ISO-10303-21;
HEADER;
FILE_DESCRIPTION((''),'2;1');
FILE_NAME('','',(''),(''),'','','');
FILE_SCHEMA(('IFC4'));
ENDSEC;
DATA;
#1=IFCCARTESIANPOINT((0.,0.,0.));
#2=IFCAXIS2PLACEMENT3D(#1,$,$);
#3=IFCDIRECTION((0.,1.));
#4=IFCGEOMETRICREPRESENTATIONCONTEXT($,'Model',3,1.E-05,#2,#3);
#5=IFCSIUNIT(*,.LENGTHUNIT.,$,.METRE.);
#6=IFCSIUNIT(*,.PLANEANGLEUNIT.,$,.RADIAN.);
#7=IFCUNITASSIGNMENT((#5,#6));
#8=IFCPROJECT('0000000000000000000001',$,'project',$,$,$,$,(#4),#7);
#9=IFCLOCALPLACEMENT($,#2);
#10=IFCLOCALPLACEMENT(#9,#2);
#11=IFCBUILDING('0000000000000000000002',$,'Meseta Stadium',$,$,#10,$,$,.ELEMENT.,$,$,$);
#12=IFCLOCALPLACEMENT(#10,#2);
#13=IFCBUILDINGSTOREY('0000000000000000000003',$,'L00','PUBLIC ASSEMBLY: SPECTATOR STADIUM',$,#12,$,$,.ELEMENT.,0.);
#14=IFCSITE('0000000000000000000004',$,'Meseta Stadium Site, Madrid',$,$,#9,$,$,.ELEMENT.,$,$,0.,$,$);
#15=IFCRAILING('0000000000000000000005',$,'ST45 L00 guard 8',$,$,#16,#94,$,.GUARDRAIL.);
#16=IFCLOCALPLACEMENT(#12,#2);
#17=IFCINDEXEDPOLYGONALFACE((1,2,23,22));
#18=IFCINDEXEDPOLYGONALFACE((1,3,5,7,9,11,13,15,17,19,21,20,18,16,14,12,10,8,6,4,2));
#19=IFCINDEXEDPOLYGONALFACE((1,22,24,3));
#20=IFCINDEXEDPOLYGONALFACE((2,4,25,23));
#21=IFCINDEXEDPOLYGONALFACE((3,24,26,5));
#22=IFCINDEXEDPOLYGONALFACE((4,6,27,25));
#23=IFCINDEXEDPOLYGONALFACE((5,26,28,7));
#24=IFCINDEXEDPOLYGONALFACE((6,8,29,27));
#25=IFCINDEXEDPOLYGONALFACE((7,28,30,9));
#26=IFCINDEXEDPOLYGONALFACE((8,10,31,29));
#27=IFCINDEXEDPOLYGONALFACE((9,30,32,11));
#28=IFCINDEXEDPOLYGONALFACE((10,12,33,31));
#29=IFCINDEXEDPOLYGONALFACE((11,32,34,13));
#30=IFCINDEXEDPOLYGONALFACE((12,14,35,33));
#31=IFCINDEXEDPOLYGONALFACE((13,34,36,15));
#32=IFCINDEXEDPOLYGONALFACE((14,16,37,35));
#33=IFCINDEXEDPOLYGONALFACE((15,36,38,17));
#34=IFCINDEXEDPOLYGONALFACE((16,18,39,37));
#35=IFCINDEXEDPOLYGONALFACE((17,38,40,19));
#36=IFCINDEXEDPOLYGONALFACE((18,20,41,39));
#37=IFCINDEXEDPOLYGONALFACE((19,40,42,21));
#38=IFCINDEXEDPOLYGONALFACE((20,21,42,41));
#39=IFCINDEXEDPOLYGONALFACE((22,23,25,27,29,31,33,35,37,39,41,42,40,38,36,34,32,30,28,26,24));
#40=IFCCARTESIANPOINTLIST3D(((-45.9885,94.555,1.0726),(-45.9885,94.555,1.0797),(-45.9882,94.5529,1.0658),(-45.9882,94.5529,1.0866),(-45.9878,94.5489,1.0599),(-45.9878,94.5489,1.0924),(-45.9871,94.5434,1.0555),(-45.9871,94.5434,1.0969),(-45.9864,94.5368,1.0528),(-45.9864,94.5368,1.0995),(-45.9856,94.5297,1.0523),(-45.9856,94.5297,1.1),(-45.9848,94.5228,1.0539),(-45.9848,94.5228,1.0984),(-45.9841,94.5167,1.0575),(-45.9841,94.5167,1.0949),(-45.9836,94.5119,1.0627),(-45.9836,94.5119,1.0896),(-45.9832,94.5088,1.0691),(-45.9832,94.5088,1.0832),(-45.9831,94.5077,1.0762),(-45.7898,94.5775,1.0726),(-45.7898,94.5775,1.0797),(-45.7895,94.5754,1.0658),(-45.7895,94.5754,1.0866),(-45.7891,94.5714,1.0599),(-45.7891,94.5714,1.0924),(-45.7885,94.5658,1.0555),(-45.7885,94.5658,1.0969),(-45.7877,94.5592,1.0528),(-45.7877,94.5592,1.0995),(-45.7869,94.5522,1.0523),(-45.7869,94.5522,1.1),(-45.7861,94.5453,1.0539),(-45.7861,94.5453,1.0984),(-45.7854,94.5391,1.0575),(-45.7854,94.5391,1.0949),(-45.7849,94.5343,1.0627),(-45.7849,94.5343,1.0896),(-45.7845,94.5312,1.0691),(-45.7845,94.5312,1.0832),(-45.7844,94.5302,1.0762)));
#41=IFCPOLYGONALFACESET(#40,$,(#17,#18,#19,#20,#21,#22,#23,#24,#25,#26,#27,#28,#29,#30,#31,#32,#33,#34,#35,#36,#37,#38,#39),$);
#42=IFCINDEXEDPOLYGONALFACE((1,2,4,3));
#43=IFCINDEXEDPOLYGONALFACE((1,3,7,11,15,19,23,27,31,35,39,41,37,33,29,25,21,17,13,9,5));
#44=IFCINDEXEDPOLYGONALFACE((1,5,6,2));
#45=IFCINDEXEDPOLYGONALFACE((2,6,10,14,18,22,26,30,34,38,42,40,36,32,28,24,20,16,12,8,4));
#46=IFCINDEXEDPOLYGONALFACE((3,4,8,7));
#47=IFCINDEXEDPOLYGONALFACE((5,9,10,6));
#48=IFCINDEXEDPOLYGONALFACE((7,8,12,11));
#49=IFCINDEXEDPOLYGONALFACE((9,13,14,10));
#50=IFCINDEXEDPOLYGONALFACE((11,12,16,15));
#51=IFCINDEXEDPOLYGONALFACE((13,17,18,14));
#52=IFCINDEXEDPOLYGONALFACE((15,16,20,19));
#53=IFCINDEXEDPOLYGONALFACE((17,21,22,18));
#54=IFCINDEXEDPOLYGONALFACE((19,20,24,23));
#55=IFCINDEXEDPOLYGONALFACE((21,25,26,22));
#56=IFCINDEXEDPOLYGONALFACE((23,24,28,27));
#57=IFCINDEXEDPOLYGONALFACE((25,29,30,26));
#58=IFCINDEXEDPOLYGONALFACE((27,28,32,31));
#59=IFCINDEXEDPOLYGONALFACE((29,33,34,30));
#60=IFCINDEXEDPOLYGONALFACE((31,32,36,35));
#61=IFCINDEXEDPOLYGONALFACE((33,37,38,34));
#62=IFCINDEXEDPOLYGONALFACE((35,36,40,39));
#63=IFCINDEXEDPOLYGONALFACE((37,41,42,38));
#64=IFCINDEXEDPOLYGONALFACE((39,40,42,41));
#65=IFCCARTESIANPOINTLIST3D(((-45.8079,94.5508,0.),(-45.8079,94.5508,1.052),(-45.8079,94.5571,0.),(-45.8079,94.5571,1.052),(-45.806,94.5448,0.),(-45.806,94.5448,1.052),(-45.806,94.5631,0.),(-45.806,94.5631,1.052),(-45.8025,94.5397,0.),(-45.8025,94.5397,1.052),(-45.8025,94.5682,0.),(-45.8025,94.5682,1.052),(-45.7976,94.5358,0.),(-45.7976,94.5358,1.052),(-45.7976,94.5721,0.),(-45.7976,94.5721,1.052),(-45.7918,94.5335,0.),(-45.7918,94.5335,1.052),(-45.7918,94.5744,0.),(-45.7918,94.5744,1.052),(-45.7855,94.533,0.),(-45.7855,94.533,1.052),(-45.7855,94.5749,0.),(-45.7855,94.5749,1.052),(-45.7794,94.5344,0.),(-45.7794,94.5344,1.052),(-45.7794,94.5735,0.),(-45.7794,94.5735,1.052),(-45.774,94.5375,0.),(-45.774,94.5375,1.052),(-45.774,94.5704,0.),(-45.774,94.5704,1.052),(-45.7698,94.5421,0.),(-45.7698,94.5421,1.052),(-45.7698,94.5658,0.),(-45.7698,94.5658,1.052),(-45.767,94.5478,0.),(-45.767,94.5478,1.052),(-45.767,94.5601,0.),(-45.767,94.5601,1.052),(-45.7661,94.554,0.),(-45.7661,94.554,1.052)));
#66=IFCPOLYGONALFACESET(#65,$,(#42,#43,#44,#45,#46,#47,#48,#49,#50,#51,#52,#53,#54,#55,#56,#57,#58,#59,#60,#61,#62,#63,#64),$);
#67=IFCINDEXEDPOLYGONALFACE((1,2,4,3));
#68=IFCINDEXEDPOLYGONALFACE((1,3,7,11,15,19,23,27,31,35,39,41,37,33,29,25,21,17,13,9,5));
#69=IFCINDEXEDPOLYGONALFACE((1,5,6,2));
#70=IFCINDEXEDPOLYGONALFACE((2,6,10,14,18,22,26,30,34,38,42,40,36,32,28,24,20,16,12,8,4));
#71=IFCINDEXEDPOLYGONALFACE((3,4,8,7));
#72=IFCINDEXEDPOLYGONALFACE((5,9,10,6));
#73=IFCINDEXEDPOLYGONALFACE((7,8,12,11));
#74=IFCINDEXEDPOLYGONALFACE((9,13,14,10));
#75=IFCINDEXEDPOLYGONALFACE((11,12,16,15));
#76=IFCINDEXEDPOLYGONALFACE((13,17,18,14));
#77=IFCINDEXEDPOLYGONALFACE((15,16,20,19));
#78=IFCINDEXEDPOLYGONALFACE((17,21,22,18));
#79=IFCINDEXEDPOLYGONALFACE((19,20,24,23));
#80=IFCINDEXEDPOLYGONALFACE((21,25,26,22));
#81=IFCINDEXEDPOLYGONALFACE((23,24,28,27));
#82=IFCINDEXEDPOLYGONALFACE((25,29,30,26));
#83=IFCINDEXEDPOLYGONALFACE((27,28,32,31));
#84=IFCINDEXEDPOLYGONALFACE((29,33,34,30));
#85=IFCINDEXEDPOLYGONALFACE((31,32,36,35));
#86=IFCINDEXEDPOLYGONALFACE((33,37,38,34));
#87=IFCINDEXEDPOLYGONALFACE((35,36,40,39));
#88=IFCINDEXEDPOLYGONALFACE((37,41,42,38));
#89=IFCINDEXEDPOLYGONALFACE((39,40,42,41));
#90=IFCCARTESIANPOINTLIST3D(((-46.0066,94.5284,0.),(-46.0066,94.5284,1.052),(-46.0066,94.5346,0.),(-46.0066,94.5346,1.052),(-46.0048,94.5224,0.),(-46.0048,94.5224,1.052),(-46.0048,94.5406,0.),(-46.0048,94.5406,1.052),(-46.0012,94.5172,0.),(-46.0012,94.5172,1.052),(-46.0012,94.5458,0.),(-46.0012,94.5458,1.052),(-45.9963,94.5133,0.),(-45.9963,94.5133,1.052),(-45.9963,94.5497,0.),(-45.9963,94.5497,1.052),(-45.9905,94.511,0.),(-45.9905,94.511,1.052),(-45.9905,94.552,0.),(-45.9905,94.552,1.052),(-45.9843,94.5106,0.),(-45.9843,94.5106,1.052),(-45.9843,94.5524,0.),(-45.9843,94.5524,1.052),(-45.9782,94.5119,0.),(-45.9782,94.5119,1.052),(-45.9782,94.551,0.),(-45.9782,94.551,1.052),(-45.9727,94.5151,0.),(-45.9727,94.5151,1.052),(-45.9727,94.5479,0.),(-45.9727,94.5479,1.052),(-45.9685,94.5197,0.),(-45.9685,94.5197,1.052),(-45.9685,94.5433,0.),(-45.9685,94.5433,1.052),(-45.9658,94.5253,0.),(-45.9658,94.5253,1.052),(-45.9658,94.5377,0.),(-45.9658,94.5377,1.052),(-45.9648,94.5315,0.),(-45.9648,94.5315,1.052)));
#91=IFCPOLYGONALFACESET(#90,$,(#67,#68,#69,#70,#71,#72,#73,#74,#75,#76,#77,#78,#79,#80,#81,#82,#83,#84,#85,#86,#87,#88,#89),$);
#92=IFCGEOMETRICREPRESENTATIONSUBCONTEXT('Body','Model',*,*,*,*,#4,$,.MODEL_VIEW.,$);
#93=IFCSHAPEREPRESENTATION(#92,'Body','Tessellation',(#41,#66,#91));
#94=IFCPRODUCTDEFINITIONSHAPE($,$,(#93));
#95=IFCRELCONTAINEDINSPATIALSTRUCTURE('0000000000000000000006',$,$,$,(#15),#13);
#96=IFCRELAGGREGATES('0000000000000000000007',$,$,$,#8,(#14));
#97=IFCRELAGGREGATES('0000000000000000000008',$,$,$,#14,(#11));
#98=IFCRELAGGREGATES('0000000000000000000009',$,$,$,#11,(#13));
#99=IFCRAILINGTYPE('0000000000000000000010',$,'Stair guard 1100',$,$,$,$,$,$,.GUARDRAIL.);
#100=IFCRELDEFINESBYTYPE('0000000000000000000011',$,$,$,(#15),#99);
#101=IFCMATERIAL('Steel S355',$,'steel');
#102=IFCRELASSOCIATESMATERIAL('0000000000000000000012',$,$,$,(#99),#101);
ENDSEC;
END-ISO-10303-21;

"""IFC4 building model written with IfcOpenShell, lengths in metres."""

from ifc_helpers import new_model, si_unit, direction, frame, origin, origin_2d, place, context, subcontext, project, spatial, circle, extrude, material, type_object, element, save


model = new_model("IFC4")

# Units and contexts
model_context = context("Model", 3, precision=1e-05, world=origin(), true_north=direction((0.0, 1.0)))
body_context = subcontext(model_context, "Body", "Model", "MODEL_VIEW")
ifc_project = project(units=[si_unit("LENGTHUNIT", "METRE"), si_unit("PLANEANGLEUNIT", "RADIAN")], contexts=[model_context])

# Site, building, storey
site_placement = place(None, origin())
site = spatial("IfcSite", under=ifc_project, at=site_placement, Name="Meseta Stadium Site, Madrid", CompositionType="ELEMENT", RefElevation=0.0)
building_placement = place(site_placement, origin())
building = spatial("IfcBuilding", under=site, at=building_placement, Name="Meseta Stadium", CompositionType="ELEMENT")
storey_placement = place(building_placement, origin())
storey = spatial("IfcBuildingStorey", under=building, at=storey_placement, Name="L00", Description="PUBLIC ASSEMBLY: SPECTATOR STADIUM", CompositionType="ELEMENT", Elevation=0.0)

# Railing
ifc_material_1 = material(Name="Steel S355", Category="steel")
railing_type_1 = type_object("IfcRailingType", Name="Stair guard 1100", PredefinedType="GUARDRAIL", material=ifc_material_1)
railing_1_placement = place(storey_placement, frame((-45.7871, 94.554, 0.0)))
element("IfcRailing", 1, at=railing_1_placement, inside=storey, type_object=railing_type_1, Name="ST45 L00 guard 8", PredefinedType="GUARDRAIL", context=body_context, shape_type="SweptSolid", body=[
    extrude(circle(Radius=0.0239, at=origin_2d()), frame((0.0, 0.0, 1.0762), z_axis=(-0.993674, -0.112307, 0.0), x_axis=(0.112307, -0.993674, 0.0)), (0.0, 0.0, 1.0), 0.2),
    extrude(circle(Radius=0.021, at=origin_2d()), origin(), (0.0, 0.0, 1.0), 1.052),
    extrude(circle(Radius=0.021, at=origin_2d()), frame((-0.1987, -0.0225, 0.0)), (0.0, 0.0, 1.0), 1.052),
])

save(model, "model.ifc")
